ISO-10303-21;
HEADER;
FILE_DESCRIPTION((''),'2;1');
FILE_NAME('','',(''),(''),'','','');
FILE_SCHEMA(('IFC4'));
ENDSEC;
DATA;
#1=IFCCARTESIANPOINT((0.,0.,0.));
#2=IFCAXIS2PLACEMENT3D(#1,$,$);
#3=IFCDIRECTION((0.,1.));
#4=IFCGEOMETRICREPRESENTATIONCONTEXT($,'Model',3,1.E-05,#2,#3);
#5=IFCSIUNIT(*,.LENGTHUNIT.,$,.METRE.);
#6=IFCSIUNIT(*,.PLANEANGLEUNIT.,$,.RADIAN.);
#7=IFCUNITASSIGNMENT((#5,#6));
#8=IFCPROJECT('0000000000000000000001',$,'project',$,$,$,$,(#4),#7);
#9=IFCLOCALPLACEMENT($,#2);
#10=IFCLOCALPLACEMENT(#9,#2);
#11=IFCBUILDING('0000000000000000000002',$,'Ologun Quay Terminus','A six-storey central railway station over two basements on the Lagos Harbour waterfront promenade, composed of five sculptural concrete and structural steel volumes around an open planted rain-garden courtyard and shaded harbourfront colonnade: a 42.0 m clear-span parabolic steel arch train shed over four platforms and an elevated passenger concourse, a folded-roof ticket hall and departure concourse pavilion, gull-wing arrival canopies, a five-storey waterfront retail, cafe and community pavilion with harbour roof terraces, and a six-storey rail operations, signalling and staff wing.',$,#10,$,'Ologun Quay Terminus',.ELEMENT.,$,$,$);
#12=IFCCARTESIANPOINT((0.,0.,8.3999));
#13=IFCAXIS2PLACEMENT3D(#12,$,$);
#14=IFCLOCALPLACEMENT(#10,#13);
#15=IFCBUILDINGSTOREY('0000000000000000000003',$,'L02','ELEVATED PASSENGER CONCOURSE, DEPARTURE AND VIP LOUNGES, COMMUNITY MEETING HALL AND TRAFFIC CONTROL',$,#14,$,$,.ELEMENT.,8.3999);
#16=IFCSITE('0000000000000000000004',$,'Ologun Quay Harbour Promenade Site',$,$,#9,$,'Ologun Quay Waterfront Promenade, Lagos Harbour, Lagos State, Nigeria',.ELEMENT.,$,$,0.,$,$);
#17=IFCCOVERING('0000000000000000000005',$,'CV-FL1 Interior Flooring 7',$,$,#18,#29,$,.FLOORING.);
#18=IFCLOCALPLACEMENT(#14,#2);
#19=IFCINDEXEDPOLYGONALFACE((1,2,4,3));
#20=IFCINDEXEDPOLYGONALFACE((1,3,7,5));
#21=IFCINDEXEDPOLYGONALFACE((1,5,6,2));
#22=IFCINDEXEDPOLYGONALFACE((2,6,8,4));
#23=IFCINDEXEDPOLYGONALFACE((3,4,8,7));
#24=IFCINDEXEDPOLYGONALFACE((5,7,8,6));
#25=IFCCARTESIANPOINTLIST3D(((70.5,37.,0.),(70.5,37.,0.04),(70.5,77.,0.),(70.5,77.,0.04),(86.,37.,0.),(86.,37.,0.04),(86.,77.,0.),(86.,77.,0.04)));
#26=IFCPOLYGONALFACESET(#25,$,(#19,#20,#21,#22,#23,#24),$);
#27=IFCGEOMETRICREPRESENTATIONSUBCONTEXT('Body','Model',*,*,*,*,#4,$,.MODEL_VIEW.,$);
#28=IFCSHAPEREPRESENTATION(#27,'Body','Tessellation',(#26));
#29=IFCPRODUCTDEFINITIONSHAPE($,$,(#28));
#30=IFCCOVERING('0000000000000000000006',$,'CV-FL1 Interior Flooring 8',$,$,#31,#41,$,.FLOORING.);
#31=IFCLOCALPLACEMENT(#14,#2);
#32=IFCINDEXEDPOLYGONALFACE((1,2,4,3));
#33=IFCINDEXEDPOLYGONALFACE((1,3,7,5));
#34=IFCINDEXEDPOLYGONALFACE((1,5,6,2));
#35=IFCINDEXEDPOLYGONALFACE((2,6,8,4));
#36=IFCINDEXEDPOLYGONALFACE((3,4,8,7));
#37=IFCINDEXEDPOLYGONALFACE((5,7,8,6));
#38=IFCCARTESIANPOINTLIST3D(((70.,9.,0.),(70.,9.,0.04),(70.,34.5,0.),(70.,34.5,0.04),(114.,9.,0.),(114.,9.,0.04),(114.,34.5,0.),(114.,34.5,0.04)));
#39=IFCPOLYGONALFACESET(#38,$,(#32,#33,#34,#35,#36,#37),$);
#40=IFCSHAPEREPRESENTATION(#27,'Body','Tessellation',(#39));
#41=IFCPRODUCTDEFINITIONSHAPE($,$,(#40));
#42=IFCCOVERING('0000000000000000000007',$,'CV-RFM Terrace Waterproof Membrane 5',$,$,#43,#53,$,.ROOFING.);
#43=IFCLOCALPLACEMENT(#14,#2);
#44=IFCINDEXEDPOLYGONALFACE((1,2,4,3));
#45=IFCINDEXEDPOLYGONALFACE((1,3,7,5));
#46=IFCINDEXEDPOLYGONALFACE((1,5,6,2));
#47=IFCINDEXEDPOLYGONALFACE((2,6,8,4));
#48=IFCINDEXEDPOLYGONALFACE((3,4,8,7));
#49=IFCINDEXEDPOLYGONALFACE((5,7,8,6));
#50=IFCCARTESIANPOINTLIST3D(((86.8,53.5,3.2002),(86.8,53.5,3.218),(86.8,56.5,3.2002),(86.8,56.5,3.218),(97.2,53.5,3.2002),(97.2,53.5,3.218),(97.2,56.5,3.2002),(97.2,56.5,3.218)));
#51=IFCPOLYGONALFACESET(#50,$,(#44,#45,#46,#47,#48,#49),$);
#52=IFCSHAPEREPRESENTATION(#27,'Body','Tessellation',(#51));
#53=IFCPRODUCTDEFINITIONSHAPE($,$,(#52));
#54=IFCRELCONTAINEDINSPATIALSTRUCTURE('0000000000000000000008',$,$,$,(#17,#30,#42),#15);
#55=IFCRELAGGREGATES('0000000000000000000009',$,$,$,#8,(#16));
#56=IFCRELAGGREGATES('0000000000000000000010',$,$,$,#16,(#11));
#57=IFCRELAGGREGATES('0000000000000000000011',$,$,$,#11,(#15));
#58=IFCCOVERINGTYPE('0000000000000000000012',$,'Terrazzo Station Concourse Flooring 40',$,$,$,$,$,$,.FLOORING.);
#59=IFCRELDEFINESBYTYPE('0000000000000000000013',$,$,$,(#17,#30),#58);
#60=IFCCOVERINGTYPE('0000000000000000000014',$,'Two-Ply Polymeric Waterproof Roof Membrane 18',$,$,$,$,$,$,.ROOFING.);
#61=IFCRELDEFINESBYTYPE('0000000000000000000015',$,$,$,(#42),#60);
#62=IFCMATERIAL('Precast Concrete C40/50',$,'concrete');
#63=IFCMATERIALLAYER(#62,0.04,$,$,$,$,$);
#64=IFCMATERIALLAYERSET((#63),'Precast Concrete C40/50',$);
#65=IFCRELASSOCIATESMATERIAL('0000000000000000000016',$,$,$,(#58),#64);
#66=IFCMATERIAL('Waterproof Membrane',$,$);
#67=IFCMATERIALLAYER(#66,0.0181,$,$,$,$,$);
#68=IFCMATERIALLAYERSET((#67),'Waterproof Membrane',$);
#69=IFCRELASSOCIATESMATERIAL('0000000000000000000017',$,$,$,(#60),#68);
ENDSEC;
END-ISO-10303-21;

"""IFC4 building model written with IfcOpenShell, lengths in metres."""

from ifc_helpers import new_model, si_unit, direction, frame, origin, place, context, subcontext, project, spatial, polyline, outline, extrude, material, layer, layer_set, type_object, element, save


model = new_model("IFC4")

# Units and contexts
model_context = context("Model", 3, precision=1e-05, world=origin(), true_north=direction((0.0, 1.0)))
body_context = subcontext(model_context, "Body", "Model", "MODEL_VIEW")
ifc_project = project(units=[si_unit("LENGTHUNIT", "METRE"), si_unit("PLANEANGLEUNIT", "RADIAN")], contexts=[model_context])

# Site, building, storey
site_placement = place(None, origin())
site = spatial("IfcSite", under=ifc_project, at=site_placement, Name="Ologun Quay Harbour Promenade Site", LongName="Ologun Quay Waterfront Promenade, Lagos Harbour, Lagos State, Nigeria", CompositionType="ELEMENT", RefElevation=0.0)
building_placement = place(site_placement, origin())
building = spatial("IfcBuilding", under=site, at=building_placement, Name="Ologun Quay Terminus", Description="A six-storey central railway station over two basements on the Lagos Harbour waterfront promenade, composed of five sculptural concrete and structural steel volumes around an open planted rain-garden courtyard and shaded harbourfront colonnade: a 42.0 m clear-span parabolic steel arch train shed over four platforms and an elevated passenger concourse, a folded-roof ticket hall and departure concourse pavilion, gull-wing arrival canopies, a five-storey waterfront retail, cafe and community pavilion with harbour roof terraces, and a six-storey rail operations, signalling and staff wing.", LongName="Ologun Quay Terminus", CompositionType="ELEMENT")
storey_placement = place(building_placement, frame((0.0, 0.0, 8.3999)))
storey = spatial("IfcBuildingStorey", under=building, at=storey_placement, Name="L02", Description="ELEVATED PASSENGER CONCOURSE, DEPARTURE AND VIP LOUNGES, COMMUNITY MEETING HALL AND TRAFFIC CONTROL", CompositionType="ELEMENT", Elevation=8.3999)

# Coverings
ifc_material_1 = material(Name="Precast Concrete C40/50", Category="concrete")
ifc_layer_1 = layer(ifc_material_1, 0.04)
ifc_layer_set_1 = layer_set([ifc_layer_1], Name="Precast Concrete C40/50")
covering_type_1 = type_object("IfcCoveringType", Name="Terrazzo Station Concourse Flooring 40", PredefinedType="FLOORING", material=ifc_layer_set_1)
covering_1_placement = place(storey_placement, origin())
element("IfcCovering", 1, at=covering_1_placement, inside=storey, type_object=covering_type_1, Name="CV-FL1 Interior Flooring 7", PredefinedType="FLOORING", context=body_context, shape_type="SweptSolid", body=[
    extrude(outline(polyline([(70.5, 37.0), (86.0, 37.0), (86.0, 77.0), (70.5, 77.0), (70.5, 37.0)])), origin(), (0.0, 0.0, 1.0), 0.04),
])
covering_2_placement = place(storey_placement, origin())
element("IfcCovering", 2, at=covering_2_placement, inside=storey, type_object=covering_type_1, Name="CV-FL1 Interior Flooring 8", PredefinedType="FLOORING", context=body_context, shape_type="SweptSolid", body=[
    extrude(outline(polyline([(70.0, 9.0), (114.0, 9.0), (114.0, 34.5), (70.0, 34.5), (70.0, 9.0)])), origin(), (0.0, 0.0, 1.0), 0.04),
])
ifc_material_2 = material(Name="Waterproof Membrane")
ifc_layer_2 = layer(ifc_material_2, 0.0181)
ifc_layer_set_2 = layer_set([ifc_layer_2], Name="Waterproof Membrane")
covering_type_2 = type_object("IfcCoveringType", Name="Two-Ply Polymeric Waterproof Roof Membrane 18", PredefinedType="ROOFING", material=ifc_layer_set_2)
covering_3_placement = place(storey_placement, frame((0.0, 0.0, 3.2002)))
element("IfcCovering", 3, at=covering_3_placement, inside=storey, type_object=covering_type_2, Name="CV-RFM Terrace Waterproof Membrane 5", PredefinedType="ROOFING", context=body_context, shape_type="SweptSolid", body=[
    extrude(outline(polyline([(86.8, 53.5), (97.2, 53.5), (97.2, 56.5), (86.8, 56.5), (86.8, 53.5)])), origin(), (0.0, 0.0, 1.0), 0.0178),
])

save(model, "model.ifc")
